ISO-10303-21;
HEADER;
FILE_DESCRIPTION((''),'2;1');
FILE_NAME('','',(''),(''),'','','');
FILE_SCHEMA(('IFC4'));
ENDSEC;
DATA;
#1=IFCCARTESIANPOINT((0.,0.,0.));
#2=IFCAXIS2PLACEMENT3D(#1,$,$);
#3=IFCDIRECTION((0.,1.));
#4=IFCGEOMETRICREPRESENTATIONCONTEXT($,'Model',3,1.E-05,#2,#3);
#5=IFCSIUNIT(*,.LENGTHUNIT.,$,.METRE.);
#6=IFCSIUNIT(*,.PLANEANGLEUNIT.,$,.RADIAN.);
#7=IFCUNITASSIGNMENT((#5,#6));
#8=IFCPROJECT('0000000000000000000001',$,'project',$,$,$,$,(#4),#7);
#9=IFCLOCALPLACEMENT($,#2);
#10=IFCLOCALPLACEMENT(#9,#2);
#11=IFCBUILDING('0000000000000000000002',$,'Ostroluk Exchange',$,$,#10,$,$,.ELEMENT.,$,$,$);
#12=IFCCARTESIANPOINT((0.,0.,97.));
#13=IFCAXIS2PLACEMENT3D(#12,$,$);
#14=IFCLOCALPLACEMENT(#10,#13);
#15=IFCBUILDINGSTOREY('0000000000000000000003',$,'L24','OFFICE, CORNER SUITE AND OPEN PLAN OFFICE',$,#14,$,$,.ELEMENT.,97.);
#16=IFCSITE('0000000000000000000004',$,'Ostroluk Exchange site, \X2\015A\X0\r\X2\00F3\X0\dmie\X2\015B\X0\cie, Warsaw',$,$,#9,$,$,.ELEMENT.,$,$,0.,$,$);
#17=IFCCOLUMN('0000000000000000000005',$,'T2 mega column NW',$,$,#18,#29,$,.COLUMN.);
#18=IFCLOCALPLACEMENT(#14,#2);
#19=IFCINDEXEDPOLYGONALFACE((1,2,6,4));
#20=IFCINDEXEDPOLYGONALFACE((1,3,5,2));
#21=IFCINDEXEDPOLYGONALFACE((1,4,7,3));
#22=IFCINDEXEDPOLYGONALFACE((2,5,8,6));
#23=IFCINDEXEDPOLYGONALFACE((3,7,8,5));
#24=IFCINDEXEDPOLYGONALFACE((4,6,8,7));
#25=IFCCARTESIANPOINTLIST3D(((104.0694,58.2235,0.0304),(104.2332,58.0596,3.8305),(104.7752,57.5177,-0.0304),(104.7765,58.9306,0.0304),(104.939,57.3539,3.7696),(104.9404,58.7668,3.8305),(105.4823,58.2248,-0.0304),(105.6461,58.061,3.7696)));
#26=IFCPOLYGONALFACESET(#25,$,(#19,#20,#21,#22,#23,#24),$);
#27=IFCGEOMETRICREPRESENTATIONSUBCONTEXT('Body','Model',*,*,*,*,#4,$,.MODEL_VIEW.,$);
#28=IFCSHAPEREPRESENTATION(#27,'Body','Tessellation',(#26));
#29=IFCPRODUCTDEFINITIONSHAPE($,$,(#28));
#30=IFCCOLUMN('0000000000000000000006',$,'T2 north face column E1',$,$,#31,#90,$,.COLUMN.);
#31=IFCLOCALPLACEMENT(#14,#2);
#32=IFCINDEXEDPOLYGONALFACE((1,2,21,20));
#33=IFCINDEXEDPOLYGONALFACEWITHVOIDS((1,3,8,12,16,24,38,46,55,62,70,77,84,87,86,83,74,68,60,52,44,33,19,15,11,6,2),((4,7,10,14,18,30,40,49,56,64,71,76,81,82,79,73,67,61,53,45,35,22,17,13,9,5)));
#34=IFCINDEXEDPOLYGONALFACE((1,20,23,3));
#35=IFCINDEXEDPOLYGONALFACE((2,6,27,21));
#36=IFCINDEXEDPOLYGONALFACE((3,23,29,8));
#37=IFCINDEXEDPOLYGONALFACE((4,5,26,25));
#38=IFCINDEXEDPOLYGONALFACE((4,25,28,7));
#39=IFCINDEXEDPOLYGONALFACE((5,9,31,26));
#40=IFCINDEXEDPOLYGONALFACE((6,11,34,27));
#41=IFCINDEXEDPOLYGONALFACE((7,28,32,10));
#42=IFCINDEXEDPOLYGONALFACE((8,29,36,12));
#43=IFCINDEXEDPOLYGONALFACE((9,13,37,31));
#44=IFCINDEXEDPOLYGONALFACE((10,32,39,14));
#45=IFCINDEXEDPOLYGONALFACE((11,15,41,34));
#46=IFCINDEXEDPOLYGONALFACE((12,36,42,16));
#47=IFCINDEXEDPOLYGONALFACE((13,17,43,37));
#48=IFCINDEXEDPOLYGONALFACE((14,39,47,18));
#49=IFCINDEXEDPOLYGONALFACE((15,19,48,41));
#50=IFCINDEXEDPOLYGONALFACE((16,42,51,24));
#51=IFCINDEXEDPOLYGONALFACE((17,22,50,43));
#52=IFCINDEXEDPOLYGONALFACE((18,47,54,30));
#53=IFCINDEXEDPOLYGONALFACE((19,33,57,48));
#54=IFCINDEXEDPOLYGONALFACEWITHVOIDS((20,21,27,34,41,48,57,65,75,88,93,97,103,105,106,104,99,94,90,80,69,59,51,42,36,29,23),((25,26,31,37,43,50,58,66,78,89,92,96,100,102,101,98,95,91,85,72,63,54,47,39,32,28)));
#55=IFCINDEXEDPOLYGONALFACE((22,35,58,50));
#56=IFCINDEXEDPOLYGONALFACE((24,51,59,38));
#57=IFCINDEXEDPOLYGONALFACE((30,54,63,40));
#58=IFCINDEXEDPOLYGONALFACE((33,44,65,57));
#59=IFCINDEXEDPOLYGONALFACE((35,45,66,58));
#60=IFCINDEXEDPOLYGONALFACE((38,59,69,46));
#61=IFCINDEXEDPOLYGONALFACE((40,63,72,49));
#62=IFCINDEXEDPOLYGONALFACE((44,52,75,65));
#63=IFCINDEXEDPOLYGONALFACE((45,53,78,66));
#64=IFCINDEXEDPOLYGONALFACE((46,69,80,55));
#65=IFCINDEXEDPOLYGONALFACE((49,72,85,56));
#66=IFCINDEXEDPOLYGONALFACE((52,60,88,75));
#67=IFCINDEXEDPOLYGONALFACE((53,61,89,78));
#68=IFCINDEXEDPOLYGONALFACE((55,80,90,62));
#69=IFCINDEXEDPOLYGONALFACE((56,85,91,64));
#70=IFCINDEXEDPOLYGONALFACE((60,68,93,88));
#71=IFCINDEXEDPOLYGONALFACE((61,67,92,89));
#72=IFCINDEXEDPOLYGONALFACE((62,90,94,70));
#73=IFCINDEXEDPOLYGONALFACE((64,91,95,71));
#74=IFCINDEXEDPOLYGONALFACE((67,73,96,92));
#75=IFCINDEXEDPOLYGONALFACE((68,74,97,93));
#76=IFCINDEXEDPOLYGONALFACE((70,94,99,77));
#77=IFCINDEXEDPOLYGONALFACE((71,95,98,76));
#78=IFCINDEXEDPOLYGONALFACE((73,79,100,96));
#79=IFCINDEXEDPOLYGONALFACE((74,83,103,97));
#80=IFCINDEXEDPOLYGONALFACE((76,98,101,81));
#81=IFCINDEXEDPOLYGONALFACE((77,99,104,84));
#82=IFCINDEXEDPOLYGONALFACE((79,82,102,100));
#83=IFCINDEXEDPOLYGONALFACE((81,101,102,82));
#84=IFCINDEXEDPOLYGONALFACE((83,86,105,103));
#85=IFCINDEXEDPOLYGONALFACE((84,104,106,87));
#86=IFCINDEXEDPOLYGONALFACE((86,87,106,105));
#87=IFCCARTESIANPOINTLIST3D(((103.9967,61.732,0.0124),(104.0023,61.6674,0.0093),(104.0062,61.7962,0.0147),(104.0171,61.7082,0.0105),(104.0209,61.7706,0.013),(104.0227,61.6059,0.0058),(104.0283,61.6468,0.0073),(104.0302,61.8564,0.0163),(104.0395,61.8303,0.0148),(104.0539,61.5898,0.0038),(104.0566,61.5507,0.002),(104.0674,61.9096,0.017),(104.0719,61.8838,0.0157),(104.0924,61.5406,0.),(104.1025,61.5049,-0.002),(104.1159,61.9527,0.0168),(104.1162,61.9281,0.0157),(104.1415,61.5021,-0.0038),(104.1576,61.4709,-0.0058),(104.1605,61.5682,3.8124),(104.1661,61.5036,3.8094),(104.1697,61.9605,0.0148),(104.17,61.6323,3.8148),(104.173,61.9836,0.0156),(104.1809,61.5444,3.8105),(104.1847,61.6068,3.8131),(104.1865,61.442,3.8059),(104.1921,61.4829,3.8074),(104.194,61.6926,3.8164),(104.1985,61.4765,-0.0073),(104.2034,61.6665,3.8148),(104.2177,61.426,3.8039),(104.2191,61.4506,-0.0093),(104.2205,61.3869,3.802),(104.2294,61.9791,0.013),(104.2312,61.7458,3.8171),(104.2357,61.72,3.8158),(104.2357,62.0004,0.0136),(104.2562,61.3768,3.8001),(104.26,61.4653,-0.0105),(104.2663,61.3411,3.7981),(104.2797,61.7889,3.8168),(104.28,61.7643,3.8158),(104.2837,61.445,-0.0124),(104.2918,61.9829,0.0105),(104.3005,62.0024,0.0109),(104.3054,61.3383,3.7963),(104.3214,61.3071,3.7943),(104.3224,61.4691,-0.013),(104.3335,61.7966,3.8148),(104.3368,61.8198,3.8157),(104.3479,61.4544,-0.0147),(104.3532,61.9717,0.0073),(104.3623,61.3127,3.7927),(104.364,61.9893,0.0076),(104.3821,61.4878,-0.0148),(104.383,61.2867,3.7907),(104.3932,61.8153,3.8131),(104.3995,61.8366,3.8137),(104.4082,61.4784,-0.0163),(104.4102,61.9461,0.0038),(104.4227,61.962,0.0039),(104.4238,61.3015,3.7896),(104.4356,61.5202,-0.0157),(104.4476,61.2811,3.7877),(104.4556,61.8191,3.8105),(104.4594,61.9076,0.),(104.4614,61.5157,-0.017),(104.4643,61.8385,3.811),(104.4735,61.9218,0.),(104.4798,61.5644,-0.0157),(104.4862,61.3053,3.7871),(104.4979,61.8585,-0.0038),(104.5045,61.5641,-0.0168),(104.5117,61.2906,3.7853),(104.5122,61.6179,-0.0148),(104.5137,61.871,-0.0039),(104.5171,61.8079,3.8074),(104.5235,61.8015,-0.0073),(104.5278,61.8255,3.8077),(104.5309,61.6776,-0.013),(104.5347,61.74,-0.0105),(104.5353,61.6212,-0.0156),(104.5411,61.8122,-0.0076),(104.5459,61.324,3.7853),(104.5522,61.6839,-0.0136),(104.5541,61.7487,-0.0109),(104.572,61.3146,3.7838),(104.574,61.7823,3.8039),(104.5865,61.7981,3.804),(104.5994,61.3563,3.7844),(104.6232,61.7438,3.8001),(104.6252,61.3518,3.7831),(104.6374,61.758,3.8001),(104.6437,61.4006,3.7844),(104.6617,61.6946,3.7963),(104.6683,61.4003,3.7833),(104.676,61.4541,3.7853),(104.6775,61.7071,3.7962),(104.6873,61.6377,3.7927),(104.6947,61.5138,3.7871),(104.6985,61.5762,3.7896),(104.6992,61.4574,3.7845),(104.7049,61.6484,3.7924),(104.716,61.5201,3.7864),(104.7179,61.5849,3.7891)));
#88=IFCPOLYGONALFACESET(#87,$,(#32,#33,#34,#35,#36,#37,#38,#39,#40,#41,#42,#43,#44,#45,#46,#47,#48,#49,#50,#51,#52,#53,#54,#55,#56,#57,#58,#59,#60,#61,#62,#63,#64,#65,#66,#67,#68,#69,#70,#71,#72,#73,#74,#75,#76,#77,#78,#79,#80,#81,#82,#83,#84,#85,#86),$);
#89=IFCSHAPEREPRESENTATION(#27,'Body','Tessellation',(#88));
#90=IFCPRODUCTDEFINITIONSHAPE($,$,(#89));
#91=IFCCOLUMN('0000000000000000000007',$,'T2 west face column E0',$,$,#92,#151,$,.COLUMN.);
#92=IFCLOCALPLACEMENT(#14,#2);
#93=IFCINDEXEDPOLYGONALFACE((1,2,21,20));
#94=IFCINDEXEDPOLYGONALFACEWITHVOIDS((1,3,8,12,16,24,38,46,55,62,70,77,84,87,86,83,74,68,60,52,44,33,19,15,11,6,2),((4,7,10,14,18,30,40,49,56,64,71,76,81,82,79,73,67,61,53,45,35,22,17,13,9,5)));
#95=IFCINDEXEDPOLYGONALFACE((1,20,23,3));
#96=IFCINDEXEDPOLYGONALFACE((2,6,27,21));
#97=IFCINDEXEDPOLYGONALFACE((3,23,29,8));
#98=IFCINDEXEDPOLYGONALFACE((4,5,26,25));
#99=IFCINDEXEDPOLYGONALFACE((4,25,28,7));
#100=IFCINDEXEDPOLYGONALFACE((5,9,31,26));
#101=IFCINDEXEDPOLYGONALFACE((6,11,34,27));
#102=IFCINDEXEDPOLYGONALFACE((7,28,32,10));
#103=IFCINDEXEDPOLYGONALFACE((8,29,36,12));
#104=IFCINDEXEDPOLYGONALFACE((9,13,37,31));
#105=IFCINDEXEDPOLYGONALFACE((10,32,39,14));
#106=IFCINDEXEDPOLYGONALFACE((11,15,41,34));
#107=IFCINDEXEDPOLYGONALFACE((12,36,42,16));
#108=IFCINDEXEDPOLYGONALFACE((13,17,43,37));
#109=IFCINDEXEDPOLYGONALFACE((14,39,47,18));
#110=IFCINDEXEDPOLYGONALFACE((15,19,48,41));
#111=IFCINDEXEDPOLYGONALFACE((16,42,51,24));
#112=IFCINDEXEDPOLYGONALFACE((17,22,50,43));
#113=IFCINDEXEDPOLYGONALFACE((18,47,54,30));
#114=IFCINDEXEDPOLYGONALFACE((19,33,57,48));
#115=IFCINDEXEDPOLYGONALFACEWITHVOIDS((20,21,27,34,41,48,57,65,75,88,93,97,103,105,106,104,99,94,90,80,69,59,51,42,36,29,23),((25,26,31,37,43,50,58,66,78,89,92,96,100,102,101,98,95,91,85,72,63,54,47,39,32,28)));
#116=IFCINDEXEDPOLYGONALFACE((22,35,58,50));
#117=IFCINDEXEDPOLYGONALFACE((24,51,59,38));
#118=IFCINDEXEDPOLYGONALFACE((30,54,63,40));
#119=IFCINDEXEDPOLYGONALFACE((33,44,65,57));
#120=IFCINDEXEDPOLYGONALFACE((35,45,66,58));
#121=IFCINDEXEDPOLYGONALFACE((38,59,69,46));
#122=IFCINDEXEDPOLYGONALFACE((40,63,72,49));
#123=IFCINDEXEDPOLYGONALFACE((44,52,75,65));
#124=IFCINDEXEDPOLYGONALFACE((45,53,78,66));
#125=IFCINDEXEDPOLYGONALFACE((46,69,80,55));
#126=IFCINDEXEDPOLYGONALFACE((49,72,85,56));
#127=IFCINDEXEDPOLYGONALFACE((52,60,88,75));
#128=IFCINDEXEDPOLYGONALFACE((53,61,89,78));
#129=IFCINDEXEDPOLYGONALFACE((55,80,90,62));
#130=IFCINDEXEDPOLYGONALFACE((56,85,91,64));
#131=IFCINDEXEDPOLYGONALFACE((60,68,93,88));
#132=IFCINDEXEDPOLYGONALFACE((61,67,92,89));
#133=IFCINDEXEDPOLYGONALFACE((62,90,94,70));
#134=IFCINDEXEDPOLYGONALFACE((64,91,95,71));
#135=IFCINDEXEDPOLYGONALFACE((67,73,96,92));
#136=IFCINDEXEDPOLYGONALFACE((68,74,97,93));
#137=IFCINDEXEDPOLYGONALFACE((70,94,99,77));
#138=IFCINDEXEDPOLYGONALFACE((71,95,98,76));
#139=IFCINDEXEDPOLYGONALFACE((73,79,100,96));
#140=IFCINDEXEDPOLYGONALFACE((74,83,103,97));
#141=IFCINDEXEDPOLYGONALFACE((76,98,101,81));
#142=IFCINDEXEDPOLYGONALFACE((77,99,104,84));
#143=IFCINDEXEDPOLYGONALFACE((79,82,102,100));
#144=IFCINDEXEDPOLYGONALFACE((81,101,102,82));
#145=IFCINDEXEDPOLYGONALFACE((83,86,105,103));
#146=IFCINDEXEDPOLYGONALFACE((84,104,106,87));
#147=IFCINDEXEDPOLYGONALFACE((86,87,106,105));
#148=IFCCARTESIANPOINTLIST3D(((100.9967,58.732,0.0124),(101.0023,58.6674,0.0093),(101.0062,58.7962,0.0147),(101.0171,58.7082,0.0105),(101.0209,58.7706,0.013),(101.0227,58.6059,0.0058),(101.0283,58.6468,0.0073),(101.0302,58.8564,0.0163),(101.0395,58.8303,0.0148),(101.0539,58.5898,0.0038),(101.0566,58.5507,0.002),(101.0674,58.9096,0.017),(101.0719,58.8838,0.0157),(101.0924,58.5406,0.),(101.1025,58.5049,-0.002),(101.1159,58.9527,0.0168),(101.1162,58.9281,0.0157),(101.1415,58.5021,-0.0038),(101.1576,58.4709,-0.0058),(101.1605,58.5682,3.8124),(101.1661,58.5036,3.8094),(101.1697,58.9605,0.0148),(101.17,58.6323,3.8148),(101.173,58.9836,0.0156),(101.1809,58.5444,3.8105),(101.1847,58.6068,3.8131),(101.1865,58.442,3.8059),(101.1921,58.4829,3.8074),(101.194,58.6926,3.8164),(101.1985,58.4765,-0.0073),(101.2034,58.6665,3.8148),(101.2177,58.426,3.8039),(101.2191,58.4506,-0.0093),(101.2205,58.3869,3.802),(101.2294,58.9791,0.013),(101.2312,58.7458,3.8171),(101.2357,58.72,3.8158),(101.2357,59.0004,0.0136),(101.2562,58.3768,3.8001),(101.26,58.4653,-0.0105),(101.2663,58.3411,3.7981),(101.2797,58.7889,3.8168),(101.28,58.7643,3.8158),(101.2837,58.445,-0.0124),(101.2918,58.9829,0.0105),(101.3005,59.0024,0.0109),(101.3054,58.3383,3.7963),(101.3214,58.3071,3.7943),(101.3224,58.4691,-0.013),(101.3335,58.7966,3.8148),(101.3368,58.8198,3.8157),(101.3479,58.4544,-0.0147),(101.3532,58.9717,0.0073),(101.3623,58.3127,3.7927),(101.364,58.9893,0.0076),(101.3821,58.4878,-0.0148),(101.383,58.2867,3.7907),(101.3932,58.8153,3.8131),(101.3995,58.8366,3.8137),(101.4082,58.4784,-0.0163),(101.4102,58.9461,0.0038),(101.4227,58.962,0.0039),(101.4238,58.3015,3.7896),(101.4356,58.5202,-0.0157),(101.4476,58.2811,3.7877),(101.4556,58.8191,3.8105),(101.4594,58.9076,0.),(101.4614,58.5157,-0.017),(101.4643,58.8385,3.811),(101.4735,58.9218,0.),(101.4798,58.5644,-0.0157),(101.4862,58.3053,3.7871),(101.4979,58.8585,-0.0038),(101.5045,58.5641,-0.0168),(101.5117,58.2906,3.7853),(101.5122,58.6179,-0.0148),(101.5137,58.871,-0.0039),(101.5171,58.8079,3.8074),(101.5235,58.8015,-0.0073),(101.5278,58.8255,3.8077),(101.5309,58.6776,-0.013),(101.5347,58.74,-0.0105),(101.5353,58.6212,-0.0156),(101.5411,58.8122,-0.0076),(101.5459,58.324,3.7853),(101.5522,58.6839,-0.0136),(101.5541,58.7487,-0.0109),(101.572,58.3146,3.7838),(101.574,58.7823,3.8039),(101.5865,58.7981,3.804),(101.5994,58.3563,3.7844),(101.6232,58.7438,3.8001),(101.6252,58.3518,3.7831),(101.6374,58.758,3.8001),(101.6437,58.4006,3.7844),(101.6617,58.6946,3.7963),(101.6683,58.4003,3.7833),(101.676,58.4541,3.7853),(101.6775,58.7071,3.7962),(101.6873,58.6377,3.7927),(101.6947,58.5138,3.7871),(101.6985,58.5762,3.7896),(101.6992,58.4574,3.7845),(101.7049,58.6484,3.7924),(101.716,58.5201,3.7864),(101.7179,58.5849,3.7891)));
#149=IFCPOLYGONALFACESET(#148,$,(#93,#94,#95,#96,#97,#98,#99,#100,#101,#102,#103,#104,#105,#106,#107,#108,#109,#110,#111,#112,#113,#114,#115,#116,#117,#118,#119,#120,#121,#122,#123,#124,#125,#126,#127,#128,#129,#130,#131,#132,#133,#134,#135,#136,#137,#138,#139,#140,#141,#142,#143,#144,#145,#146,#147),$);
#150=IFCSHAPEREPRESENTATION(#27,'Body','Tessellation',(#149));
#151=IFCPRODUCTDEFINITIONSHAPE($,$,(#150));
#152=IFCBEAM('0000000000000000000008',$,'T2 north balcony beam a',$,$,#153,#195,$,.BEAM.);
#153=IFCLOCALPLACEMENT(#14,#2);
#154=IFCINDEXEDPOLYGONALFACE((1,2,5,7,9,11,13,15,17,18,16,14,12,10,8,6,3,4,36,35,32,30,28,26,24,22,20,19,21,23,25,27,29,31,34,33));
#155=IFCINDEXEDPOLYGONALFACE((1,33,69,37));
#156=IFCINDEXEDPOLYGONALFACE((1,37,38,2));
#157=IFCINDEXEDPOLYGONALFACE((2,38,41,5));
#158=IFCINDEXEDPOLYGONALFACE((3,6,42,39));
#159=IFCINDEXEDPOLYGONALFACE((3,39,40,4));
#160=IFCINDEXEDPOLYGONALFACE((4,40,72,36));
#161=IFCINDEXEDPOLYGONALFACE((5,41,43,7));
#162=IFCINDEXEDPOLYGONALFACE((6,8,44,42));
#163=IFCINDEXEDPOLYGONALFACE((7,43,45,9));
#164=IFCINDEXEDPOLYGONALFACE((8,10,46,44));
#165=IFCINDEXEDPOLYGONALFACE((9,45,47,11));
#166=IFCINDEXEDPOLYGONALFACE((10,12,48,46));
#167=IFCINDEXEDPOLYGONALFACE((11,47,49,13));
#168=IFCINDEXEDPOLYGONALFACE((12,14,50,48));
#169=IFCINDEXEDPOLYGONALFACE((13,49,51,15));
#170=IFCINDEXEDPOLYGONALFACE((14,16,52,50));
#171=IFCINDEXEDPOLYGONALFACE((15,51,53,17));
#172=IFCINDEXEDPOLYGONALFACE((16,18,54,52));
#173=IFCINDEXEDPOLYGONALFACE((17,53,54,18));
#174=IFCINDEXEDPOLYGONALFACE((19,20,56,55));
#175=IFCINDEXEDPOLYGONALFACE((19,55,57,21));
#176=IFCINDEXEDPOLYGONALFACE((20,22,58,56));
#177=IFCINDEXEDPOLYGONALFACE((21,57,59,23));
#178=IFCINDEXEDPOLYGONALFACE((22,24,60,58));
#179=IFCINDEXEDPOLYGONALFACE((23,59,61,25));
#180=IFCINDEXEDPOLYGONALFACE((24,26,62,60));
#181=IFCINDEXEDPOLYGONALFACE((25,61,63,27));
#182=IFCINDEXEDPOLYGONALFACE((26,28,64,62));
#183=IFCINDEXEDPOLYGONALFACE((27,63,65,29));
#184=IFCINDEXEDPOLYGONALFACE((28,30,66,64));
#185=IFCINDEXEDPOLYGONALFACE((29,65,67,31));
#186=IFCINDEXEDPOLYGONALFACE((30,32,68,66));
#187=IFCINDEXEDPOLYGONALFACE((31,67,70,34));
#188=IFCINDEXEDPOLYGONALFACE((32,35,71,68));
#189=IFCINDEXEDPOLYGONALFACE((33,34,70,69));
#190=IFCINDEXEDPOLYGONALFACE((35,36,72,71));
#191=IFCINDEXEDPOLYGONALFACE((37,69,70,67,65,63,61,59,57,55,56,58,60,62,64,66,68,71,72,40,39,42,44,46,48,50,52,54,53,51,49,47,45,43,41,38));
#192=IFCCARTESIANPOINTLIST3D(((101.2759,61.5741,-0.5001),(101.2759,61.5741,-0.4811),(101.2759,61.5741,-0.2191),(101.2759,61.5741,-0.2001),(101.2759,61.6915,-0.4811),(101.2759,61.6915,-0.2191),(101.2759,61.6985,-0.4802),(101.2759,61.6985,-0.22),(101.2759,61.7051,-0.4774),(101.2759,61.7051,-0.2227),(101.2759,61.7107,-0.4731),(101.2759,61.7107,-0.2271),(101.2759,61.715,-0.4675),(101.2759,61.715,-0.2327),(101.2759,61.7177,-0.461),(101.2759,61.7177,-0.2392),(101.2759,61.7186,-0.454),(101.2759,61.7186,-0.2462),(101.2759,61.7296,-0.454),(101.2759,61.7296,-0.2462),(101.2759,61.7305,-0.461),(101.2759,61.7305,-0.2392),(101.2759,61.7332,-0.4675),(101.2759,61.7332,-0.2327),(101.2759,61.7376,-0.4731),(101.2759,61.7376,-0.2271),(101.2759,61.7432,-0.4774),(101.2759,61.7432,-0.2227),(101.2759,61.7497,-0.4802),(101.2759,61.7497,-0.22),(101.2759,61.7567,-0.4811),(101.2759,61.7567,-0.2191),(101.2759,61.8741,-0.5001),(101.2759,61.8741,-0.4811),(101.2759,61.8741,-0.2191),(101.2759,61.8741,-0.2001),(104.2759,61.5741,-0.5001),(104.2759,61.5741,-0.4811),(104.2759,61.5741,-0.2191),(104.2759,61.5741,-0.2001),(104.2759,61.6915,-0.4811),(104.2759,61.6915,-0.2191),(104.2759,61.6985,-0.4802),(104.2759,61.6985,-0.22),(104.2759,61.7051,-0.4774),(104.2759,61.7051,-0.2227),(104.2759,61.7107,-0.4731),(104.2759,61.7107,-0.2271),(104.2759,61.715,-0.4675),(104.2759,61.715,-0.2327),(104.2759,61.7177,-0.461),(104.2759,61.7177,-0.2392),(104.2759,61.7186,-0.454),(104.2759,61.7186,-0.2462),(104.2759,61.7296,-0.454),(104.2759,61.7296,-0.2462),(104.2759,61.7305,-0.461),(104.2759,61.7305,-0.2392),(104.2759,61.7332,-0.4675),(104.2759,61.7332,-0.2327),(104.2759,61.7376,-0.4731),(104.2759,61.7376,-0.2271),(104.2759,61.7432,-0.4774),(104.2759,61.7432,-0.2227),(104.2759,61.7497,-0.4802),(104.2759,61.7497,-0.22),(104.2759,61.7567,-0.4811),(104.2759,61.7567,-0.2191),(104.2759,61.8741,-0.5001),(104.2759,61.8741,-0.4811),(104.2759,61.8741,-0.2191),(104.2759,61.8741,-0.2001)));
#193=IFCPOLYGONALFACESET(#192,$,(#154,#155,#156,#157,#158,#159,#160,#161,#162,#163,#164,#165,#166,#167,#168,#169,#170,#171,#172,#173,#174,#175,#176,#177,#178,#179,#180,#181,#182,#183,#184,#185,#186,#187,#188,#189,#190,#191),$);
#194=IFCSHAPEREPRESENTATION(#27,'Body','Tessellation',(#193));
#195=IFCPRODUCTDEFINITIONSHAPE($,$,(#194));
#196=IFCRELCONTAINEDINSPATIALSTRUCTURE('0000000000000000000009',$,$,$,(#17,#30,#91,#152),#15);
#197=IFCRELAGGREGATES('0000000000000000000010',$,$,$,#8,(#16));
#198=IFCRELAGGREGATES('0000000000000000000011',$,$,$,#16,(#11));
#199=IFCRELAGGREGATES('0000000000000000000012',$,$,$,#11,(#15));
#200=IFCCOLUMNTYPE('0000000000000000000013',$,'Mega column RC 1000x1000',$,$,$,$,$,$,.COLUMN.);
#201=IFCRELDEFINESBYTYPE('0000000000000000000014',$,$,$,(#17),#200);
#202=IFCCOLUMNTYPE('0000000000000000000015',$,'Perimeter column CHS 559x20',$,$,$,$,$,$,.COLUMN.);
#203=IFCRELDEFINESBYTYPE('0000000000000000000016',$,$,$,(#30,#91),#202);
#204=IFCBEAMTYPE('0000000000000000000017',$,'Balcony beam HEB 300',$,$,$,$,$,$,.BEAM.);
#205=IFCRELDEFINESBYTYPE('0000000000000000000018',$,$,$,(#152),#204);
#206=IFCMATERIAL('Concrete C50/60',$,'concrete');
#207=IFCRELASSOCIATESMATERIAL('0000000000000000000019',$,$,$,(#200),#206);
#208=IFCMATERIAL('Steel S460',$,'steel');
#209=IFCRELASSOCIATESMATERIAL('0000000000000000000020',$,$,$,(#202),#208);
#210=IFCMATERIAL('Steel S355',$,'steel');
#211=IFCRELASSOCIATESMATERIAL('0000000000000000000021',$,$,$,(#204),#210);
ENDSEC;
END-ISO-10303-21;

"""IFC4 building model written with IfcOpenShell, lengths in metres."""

from ifc_helpers import new_model, si_unit, direction, frame, origin, origin_2d, place, context, subcontext, project, spatial, rectangle, hollow_circle, i_section, extrude, material, material_profile, profile_set, type_object, element, save


model = new_model("IFC4")

# Units and contexts
model_context = context("Model", 3, precision=1e-05, world=origin(), true_north=direction((0.0, 1.0)))
body_context = subcontext(model_context, "Body", "Model", "MODEL_VIEW")
ifc_project = project(units=[si_unit("LENGTHUNIT", "METRE"), si_unit("PLANEANGLEUNIT", "RADIAN")], contexts=[model_context])

# Site, building, storey
site_placement = place(None, origin())
site = spatial("IfcSite", under=ifc_project, at=site_placement, Name="Ostroluk Exchange site, Śródmieście, Warsaw", CompositionType="ELEMENT", RefElevation=0.0)
building_placement = place(site_placement, origin())
building = spatial("IfcBuilding", under=site, at=building_placement, Name="Ostroluk Exchange", CompositionType="ELEMENT")
storey_placement = place(building_placement, frame((0.0, 0.0, 97.0)))
storey = spatial("IfcBuildingStorey", under=building, at=storey_placement, Name="L24", Description="OFFICE, CORNER SUITE AND OPEN PLAN OFFICE", CompositionType="ELEMENT", Elevation=97.0)

# Columns
ifc_material_1 = material(Name="Concrete C50/60", Category="concrete")
ifc_material_profile_1 = material_profile(ifc_material_1, rectangle(XDim=1.0, YDim=1.0, at=origin_2d()), Name="RC 1000x1000")
ifc_profile_set_1 = profile_set([ifc_material_profile_1], Name="Concrete C50/60")
column_type_1 = type_object("IfcColumnType", Name="Mega column RC 1000x1000", PredefinedType="COLUMN", material=ifc_profile_set_1)
column_placement = place(storey_placement, frame((104.7759, 58.2241, 0.0), z_axis=(0.04303, -0.04303, 0.998147), x_axis=(0.707107, 0.707107, 0.0)))
element("IfcColumn", 1, at=column_placement, inside=storey, type_object=column_type_1, Name="T2 mega column NW", PredefinedType="COLUMN", context=body_context, shape_type="SweptSolid", body=[
    extrude(rectangle(XDim=1.0, YDim=1.0, at=origin_2d()), origin(), (0.0, 0.0, 1.0), 3.8071),
])
ifc_material_2 = material(Name="Steel S460", Category="steel")
ifc_material_profile_2 = material_profile(ifc_material_2, hollow_circle(Radius=0.2795, WallThickness=0.02, at=origin_2d()), Name="CHS 559x20")
ifc_profile_set_2 = profile_set([ifc_material_profile_2], Name="Steel S460")
column_type_2 = type_object("IfcColumnType", Name="Perimeter column CHS 559x20", PredefinedType="COLUMN", material=ifc_profile_set_2)
for number, where, z_axis, x_axis, name in (
    (2, (104.2759, 61.7241, 0.0), (0.04303, -0.04303, 0.998147), (0.707107, 0.707107, 0.0), "T2 north face column E1"),
    (3, (101.2759, 58.7241, 0.0), (0.04303, -0.04303, 0.998147), (0.707107, 0.707107, 0.0), "T2 west face column E0"),
):
    element("IfcColumn", number, at=place(storey_placement, frame(where, z_axis=z_axis, x_axis=x_axis)), inside=storey, type_object=column_type_2, Name=name, PredefinedType="COLUMN", context=body_context, shape_type="SweptSolid", body=[
        extrude(hollow_circle(Radius=0.2795, WallThickness=0.02, at=origin_2d()), origin(), (0.0, 0.0, 1.0), 3.8071),
    ])

# Beam
ifc_material_3 = material(Name="Steel S355", Category="steel")
ifc_material_profile_3 = material_profile(ifc_material_3, i_section(OverallWidth=0.3, OverallDepth=0.3, WebThickness=0.011, FlangeThickness=0.019, FilletRadius=0.0271, at=origin_2d()), Name="HEB 300")
ifc_profile_set_3 = profile_set([ifc_material_profile_3], Name="Steel S355")
beam_type_1 = type_object("IfcBeamType", Name="Balcony beam HEB 300", PredefinedType="BEAM", material=ifc_profile_set_3)
for number, where, z_axis, x_axis, name in (
    (4, (104.2759, 61.7241, -0.3501), (-1.0, 0.0, 0.0), (0.0, -1.0, 0.0), "T2 north balcony beam a"),
):
    element("IfcBeam", number, at=place(storey_placement, frame(where, z_axis=z_axis, x_axis=x_axis)), inside=storey, type_object=beam_type_1, Name=name, PredefinedType="BEAM", context=body_context, shape_type="SweptSolid", body=[
        extrude(i_section(OverallWidth=0.3, OverallDepth=0.3, WebThickness=0.011, FlangeThickness=0.019, FilletRadius=0.0271, at=origin_2d()), origin(), (0.0, 0.0, 1.0), 3.0),
    ])

save(model, "model.ifc")
